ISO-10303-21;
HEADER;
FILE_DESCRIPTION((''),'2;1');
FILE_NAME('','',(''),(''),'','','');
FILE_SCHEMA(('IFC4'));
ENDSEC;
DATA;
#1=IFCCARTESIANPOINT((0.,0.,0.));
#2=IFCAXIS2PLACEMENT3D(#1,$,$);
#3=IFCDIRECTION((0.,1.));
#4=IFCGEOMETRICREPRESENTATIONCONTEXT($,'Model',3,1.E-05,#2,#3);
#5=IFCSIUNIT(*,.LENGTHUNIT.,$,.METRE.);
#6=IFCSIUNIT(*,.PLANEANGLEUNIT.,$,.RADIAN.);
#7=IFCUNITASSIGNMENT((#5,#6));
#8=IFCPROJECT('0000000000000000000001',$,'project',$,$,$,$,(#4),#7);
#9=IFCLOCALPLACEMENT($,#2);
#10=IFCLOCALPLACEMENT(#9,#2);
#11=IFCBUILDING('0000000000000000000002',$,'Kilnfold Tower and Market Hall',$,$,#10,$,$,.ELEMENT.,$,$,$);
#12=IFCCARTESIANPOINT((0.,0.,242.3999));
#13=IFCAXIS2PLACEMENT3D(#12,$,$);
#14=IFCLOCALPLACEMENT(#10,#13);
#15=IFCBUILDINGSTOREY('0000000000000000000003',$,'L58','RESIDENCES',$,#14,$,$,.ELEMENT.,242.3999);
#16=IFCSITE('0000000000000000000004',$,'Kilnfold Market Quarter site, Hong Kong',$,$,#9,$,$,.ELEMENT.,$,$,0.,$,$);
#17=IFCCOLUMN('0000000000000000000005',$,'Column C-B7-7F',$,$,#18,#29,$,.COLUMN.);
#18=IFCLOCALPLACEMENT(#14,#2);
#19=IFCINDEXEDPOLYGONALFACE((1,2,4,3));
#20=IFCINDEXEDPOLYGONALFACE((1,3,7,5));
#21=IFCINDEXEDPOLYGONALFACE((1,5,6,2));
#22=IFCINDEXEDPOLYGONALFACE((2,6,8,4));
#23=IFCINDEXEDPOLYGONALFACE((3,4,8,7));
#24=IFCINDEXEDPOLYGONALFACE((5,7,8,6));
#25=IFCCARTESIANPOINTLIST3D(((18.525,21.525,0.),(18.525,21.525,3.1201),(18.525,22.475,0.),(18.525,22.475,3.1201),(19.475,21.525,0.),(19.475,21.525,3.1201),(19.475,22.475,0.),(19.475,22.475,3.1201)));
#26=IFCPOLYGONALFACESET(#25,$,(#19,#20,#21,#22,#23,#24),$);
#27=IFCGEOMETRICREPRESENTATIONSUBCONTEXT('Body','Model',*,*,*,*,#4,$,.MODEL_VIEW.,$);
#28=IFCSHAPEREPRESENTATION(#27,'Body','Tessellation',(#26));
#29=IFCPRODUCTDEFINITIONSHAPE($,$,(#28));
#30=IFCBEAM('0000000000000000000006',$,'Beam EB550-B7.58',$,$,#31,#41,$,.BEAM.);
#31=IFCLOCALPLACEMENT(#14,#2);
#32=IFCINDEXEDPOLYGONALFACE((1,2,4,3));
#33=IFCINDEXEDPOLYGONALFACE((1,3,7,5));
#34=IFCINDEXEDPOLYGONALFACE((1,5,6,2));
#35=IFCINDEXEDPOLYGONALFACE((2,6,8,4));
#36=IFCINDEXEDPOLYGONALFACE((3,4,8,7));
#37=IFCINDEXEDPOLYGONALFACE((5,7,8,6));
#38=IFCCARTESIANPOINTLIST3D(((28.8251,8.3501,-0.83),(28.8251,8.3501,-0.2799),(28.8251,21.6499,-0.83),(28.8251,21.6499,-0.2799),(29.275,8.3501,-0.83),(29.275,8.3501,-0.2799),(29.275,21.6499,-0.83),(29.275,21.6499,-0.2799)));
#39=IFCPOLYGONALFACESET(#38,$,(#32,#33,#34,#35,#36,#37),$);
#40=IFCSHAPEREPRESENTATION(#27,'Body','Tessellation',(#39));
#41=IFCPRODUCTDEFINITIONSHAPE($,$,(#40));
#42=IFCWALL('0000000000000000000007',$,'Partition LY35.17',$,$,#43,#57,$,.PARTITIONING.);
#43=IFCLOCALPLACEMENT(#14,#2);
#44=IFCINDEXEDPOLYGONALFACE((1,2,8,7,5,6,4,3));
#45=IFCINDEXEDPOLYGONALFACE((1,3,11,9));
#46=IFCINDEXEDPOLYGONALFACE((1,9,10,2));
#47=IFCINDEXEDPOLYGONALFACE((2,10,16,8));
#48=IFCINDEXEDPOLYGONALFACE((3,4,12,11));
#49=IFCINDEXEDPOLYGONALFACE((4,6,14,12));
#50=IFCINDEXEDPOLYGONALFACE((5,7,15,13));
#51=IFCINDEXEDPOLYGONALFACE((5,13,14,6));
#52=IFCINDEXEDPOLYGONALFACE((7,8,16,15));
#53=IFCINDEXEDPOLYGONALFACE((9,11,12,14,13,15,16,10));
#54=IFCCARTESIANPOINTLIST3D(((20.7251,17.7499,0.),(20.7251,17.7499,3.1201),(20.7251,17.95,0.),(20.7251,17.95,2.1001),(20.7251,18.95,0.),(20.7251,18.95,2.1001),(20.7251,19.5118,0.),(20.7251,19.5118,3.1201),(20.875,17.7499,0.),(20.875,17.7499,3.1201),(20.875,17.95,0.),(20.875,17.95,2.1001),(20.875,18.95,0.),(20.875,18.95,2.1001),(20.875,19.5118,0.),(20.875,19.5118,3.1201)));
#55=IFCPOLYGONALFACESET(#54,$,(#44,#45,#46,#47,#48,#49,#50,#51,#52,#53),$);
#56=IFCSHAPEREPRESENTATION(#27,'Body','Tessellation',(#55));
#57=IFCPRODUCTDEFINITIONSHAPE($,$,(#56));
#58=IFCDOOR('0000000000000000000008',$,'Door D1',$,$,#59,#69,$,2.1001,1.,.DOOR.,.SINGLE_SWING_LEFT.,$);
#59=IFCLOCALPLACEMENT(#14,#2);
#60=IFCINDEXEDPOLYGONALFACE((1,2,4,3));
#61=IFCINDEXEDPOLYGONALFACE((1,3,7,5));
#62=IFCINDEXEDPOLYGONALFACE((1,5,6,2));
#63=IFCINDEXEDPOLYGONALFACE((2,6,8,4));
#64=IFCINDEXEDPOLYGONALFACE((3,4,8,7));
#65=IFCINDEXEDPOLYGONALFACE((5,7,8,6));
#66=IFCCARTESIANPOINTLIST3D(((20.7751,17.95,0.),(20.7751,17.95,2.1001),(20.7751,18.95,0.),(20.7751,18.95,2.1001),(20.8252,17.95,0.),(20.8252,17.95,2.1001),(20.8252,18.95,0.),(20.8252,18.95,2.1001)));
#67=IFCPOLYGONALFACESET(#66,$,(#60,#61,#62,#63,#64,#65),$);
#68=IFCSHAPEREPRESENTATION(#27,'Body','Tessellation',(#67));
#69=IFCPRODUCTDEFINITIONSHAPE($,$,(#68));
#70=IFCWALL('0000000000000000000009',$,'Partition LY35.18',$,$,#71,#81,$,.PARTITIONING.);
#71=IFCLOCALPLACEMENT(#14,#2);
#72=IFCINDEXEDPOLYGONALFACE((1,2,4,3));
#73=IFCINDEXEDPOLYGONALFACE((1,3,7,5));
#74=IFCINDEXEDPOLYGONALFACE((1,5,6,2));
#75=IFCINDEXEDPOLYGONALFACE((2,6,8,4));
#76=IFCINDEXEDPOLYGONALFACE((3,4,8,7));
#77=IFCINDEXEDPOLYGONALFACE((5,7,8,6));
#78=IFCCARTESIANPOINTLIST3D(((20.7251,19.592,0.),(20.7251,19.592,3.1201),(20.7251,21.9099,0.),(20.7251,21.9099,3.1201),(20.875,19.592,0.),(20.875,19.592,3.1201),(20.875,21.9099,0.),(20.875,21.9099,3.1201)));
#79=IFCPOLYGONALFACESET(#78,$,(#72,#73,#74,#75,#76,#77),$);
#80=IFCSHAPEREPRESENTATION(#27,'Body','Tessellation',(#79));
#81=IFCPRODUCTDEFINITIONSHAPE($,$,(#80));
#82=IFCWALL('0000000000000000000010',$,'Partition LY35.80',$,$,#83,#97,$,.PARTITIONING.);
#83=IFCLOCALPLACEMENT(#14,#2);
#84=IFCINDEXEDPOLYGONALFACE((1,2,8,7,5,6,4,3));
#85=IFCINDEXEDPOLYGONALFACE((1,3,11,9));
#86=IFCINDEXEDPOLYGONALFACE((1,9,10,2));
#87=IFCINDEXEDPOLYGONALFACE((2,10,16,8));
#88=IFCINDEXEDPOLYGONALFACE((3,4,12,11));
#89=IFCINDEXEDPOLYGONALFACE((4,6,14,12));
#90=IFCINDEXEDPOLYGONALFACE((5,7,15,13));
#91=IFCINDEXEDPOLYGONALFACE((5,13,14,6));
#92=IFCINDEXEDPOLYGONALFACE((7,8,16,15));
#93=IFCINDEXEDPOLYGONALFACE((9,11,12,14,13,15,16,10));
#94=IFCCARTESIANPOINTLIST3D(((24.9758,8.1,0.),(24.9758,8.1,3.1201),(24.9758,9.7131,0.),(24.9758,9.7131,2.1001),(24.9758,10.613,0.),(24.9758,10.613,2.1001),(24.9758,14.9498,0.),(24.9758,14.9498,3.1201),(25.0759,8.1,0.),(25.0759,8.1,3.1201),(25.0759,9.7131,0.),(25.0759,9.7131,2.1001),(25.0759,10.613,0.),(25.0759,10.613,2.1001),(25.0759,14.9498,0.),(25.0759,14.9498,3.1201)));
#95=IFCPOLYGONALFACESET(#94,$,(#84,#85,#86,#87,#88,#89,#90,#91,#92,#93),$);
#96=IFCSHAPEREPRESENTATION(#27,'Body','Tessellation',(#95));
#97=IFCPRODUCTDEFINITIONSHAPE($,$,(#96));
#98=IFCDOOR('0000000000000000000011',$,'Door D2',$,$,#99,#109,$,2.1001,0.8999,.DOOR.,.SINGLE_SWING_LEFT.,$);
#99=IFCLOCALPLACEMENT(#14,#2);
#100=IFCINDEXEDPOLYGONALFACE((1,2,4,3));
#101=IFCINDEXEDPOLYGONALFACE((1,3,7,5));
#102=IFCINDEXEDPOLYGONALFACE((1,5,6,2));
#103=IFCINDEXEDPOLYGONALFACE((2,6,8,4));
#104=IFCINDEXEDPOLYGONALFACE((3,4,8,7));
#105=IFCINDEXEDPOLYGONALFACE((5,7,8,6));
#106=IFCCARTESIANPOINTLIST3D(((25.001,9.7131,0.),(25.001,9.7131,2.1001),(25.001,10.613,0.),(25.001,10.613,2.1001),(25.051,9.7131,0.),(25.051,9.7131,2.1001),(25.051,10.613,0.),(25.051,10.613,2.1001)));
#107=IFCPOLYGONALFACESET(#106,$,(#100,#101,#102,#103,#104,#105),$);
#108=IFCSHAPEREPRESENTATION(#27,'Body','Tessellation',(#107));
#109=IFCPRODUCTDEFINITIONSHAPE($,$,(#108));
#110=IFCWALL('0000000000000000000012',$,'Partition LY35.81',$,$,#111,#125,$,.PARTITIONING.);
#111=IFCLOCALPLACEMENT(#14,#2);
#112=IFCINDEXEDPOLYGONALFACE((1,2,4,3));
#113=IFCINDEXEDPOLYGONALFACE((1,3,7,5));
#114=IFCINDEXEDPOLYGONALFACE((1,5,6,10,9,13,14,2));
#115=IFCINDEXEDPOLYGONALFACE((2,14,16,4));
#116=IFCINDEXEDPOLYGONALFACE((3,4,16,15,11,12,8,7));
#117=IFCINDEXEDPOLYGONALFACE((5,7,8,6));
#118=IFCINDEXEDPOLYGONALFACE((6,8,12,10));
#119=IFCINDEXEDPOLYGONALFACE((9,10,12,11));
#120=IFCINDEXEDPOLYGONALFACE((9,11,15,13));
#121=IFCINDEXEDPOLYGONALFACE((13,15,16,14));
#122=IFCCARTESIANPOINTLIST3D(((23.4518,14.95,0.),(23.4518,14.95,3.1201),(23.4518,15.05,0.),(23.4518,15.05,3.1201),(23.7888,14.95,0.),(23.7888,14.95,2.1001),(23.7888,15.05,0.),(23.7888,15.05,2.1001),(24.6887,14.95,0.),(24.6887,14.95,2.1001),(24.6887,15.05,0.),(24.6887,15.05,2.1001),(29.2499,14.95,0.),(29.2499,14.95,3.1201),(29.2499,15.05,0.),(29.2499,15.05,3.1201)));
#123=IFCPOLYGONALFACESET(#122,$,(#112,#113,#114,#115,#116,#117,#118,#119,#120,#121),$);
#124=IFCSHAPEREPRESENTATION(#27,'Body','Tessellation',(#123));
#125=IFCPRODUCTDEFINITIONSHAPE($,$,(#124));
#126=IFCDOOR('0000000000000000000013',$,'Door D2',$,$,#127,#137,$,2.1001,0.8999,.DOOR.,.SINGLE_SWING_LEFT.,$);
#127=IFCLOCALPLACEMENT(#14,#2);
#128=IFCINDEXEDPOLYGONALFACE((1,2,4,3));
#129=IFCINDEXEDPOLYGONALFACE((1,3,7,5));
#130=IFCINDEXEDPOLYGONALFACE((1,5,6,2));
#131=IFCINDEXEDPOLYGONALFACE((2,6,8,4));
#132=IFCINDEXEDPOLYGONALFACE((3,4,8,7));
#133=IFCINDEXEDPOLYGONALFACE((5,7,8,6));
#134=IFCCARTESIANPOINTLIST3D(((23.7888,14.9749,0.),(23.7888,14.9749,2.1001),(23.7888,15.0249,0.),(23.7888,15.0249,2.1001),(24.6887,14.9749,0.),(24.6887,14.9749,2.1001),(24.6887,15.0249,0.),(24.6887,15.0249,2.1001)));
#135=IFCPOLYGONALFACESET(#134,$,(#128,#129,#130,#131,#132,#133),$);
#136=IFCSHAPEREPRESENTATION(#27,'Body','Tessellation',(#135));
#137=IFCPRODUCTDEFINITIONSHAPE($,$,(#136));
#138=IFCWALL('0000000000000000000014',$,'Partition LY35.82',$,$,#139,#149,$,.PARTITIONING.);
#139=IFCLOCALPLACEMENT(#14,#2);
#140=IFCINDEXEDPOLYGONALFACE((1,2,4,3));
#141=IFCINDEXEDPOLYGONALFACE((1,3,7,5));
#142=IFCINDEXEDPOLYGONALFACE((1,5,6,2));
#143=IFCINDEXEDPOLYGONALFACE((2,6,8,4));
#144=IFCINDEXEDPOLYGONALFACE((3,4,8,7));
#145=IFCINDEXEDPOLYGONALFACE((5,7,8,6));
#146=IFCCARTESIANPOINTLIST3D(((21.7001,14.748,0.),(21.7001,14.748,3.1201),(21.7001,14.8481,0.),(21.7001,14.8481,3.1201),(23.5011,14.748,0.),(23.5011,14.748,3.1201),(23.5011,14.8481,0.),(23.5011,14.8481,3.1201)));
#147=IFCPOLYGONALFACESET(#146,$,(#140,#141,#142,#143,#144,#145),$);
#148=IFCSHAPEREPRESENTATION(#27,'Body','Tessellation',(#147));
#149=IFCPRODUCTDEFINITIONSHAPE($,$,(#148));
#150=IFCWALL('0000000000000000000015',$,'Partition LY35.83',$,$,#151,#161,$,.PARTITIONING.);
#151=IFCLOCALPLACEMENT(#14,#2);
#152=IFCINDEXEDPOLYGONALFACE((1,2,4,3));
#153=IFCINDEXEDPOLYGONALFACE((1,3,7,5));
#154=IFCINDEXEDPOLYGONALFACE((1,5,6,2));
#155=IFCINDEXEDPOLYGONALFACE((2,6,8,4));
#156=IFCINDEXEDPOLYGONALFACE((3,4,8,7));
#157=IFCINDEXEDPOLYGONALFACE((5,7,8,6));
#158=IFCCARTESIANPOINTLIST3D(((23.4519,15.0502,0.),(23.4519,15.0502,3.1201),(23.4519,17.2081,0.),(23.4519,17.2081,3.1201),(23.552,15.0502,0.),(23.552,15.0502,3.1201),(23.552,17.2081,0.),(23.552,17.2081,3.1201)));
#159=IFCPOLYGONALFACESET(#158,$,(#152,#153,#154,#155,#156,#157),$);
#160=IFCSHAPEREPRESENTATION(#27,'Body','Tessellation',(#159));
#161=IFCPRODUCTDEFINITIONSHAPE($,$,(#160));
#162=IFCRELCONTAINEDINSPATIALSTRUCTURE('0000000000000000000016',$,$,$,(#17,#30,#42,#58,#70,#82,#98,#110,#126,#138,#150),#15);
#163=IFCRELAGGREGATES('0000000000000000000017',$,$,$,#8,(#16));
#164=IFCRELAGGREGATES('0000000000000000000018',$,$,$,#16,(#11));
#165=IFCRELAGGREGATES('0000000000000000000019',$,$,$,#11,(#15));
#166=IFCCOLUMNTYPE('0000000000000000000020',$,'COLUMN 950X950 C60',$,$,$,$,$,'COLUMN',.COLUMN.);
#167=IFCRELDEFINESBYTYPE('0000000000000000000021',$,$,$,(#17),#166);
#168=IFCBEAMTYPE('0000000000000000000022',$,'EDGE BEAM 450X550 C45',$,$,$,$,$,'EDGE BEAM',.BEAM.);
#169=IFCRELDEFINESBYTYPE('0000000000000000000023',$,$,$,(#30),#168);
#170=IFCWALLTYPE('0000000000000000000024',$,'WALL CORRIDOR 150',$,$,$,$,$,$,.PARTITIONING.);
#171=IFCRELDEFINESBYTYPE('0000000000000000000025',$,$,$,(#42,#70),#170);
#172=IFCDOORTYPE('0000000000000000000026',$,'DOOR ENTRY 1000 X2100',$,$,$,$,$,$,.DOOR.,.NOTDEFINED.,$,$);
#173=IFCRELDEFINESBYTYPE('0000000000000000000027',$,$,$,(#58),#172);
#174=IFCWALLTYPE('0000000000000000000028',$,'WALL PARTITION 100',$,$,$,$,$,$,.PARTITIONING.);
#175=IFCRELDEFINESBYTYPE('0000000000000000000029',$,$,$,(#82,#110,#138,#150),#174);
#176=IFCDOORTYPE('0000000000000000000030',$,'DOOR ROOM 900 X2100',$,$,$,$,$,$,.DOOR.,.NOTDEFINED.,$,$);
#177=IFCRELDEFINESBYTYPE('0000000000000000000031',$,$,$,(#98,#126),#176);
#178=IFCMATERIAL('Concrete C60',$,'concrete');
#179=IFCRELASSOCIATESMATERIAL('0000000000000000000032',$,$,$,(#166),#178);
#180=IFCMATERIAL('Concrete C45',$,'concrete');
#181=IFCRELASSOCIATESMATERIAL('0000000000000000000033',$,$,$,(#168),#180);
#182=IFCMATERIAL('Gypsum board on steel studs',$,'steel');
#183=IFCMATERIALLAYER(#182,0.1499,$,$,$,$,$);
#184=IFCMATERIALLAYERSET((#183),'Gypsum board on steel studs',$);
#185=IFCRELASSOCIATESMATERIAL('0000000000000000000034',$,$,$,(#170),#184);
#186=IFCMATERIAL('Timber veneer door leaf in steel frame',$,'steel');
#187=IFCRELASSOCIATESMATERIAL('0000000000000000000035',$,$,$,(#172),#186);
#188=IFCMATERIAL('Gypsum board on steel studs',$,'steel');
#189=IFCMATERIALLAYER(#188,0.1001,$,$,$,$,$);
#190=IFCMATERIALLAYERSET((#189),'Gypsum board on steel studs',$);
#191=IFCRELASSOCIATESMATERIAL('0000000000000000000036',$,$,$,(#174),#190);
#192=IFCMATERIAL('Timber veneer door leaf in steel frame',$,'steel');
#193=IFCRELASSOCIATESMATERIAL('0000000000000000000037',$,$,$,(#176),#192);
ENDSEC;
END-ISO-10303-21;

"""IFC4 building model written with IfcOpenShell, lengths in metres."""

from ifc_helpers import new_model, si_unit, direction, frame, frame_2d, origin, origin_2d, place, context, subcontext, project, spatial, rectangle, extrude, source, transform, mapped, material, layer, layer_set, material_profile, profile_set, type_object, element, fill, save


model = new_model("IFC4")

# Units and contexts
model_context = context("Model", 3, precision=1e-05, world=origin(), true_north=direction((0.0, 1.0)))
body_context = subcontext(model_context, "Body", "Model", "MODEL_VIEW")
ifc_project = project(units=[si_unit("LENGTHUNIT", "METRE"), si_unit("PLANEANGLEUNIT", "RADIAN")], contexts=[model_context])

# Site, building, storey
site_placement = place(None, origin())
site = spatial("IfcSite", under=ifc_project, at=site_placement, Name="Kilnfold Market Quarter site, Hong Kong", CompositionType="ELEMENT", RefElevation=0.0)
building_placement = place(site_placement, origin())
building = spatial("IfcBuilding", under=site, at=building_placement, Name="Kilnfold Tower and Market Hall", CompositionType="ELEMENT")
storey_placement = place(building_placement, frame((0.0, 0.0, 242.3999)))
storey = spatial("IfcBuildingStorey", under=building, at=storey_placement, Name="L58", Description="RESIDENCES", CompositionType="ELEMENT", Elevation=242.3999)

# Column
ifc_material_1 = material(Name="Concrete C60", Category="concrete")
ifc_material_profile_1 = material_profile(ifc_material_1, rectangle(XDim=0.95, YDim=0.95, at=origin_2d()), Name="RC 950x950")
ifc_profile_set_1 = profile_set([ifc_material_profile_1], Name="Concrete C60")
column_type = type_object("IfcColumnType", Name="COLUMN 950X950 C60", ElementType="COLUMN", PredefinedType="COLUMN", material=ifc_profile_set_1)
shared_shape_1 = source(origin(), body_context, "Body", "SweptSolid", [
    extrude(rectangle(XDim=0.95, YDim=0.95, at=origin_2d()), origin(), (0.0, 0.0, 1.0), 3.1201),
])
column_placement = place(storey_placement, frame((19.0, 22.0, 0.0), z_axis=(0.0, 0.0, 1.0), x_axis=(1.0, 0.0, 0.0)))
element("IfcColumn", 1, at=column_placement, inside=storey, type_object=column_type, Name="Column C-B7-7F", PredefinedType="COLUMN", context=body_context, shape_type="MappedRepresentation", body=[
    mapped(shared_shape_1, transform((0.0, 0.0, 0.0))),
])

# Beam
ifc_material_2 = material(Name="Concrete C45", Category="concrete")
ifc_material_profile_2 = material_profile(ifc_material_2, rectangle(XDim=0.45, YDim=0.55, at=origin_2d()), Name="RC 450x550")
ifc_profile_set_2 = profile_set([ifc_material_profile_2], Name="Concrete C45")
beam_type = type_object("IfcBeamType", Name="EDGE BEAM 450X550 C45", ElementType="EDGE BEAM", PredefinedType="BEAM", material=ifc_profile_set_2)
shared_shape_2 = source(origin(), body_context, "Body", "SweptSolid", [
    extrude(rectangle(XDim=0.45, YDim=0.55, at=origin_2d()), origin(), (0.0, 0.0, 1.0), 13.2998),
])
beam_placement = place(storey_placement, frame((29.05, 8.3501, -0.5549), z_axis=(0.0, 1.0, 0.0), x_axis=(-1.0, 0.0, 0.0)))
element("IfcBeam", 2, at=beam_placement, inside=storey, type_object=beam_type, Name="Beam EB550-B7.58", PredefinedType="BEAM", context=body_context, shape_type="MappedRepresentation", body=[
    mapped(shared_shape_2, transform((0.0, 0.0, 0.0))),
])

# Wall, opening, door
ifc_material_3 = material(Name="Gypsum board on steel studs", Category="steel")
ifc_layer_1 = layer(ifc_material_3, 0.1499)
ifc_layer_set_1 = layer_set([ifc_layer_1], Name="Gypsum board on steel studs")
wall_type_1 = type_object("IfcWallType", Name="WALL CORRIDOR 150", PredefinedType="PARTITIONING", material=ifc_layer_set_1)
wall_1_placement = place(storey_placement, frame((20.8, 17.75, 0.0), z_axis=(0.0, 0.0, 1.0), x_axis=(0.0, 1.0, 0.0)))
wall_1 = element("IfcWall", 3, at=wall_1_placement, inside=storey, type_object=wall_type_1, Name="Partition LY35.17", PredefinedType="PARTITIONING", context=body_context, shape_type="SweptSolid", body=[
    extrude(rectangle(XDim=1.762, YDim=0.1499, at=frame_2d((0.8809, 0.0))), origin(), (0.0, 0.0, 1.0), 3.1201),
])
opening_1_placement = place(wall_1_placement, frame((0.2, 0.0, 0.0)))
opening_1 = element("IfcOpeningElement", 4, at=opening_1_placement, cuts=wall_1, PredefinedType="OPENING", context=body_context, shape_type="SweptSolid", body=[
    extrude(rectangle(XDim=1.0, YDim=2.1001, at=frame_2d((0.5, 1.05))), frame((0.0, 0.085, 0.0), z_axis=(0.0, -1.0, 0.0), x_axis=(1.0, 0.0, 0.0)), (0.0, 0.0, 1.0), 0.1699),
])
ifc_material_4 = material(Name="Timber veneer door leaf in steel frame", Category="steel")
door_type_1 = type_object("IfcDoorType", Name="DOOR ENTRY 1000 X2100", OperationType="NOTDEFINED", PredefinedType="DOOR", material=ifc_material_4)
door_1_placement = place(opening_1_placement, origin())
door_1 = element("IfcDoor", 5, at=door_1_placement, inside=storey, type_object=door_type_1, Name="Door D1", OperationType="SINGLE_SWING_LEFT", OverallHeight=2.1001, OverallWidth=1.0, PredefinedType="DOOR", context=body_context, shape_type="SweptSolid", body=[
    extrude(rectangle(XDim=1.0, YDim=2.1001, at=frame_2d((0.5, 1.05))), frame((0.0, 0.0249, 0.0), z_axis=(0.0, -1.0, 0.0), x_axis=(1.0, 0.0, 0.0)), (0.0, 0.0, 1.0), 0.05),
])
fill(opening_1, door_1)

# Wall
wall_2_placement = place(storey_placement, frame((20.8, 19.592, 0.0), z_axis=(0.0, 0.0, 1.0), x_axis=(0.0, 1.0, 0.0)))
element("IfcWall", 6, at=wall_2_placement, inside=storey, type_object=wall_type_1, Name="Partition LY35.18", PredefinedType="PARTITIONING", context=body_context, shape_type="SweptSolid", body=[
    extrude(rectangle(XDim=2.3179, YDim=0.1499, at=frame_2d((1.1589, 0.0))), origin(), (0.0, 0.0, 1.0), 3.1201),
])

# Walls, openings, doors
ifc_material_5 = material(Name="Gypsum board on steel studs", Category="steel")
ifc_layer_2 = layer(ifc_material_5, 0.1001)
ifc_layer_set_2 = layer_set([ifc_layer_2], Name="Gypsum board on steel studs")
wall_type_2 = type_object("IfcWallType", Name="WALL PARTITION 100", PredefinedType="PARTITIONING", material=ifc_layer_set_2)
wall_3_placement = place(storey_placement, frame((25.0259, 8.1001, 0.0), z_axis=(0.0, 0.0, 1.0), x_axis=(0.0, 1.0, 0.0)))
wall_3 = element("IfcWall", 7, at=wall_3_placement, inside=storey, type_object=wall_type_2, Name="Partition LY35.80", PredefinedType="PARTITIONING", context=body_context, shape_type="SweptSolid", body=[
    extrude(rectangle(XDim=6.8499, YDim=0.1001, at=frame_2d((3.4248, 0.0))), origin(), (0.0, 0.0, 1.0), 3.1201),
])
opening_2_placement = place(wall_3_placement, frame((1.613, 0.0, 0.0)))
opening_2 = element("IfcOpeningElement", 8, at=opening_2_placement, cuts=wall_3, PredefinedType="OPENING", context=body_context, shape_type="SweptSolid", body=[
    extrude(rectangle(XDim=0.8999, YDim=2.1001, at=frame_2d((0.45, 1.05))), frame((0.0, 0.0601, 0.0), z_axis=(0.0, -1.0, 0.0), x_axis=(1.0, 0.0, 0.0)), (0.0, 0.0, 1.0), 0.1201),
])
ifc_material_6 = material(Name="Timber veneer door leaf in steel frame", Category="steel")
door_type_2 = type_object("IfcDoorType", Name="DOOR ROOM 900 X2100", OperationType="NOTDEFINED", PredefinedType="DOOR", material=ifc_material_6)
door_2_placement = place(opening_2_placement, origin())
door_2 = element("IfcDoor", 9, at=door_2_placement, inside=storey, type_object=door_type_2, Name="Door D2", OperationType="SINGLE_SWING_LEFT", OverallHeight=2.1001, OverallWidth=0.8999, PredefinedType="DOOR", context=body_context, shape_type="SweptSolid", body=[
    extrude(rectangle(XDim=0.8999, YDim=2.1001, at=frame_2d((0.45, 1.05))), frame((0.0, 0.0249, 0.0), z_axis=(0.0, -1.0, 0.0), x_axis=(1.0, 0.0, 0.0)), (0.0, 0.0, 1.0), 0.05),
])
fill(opening_2, door_2)
wall_4_placement = place(storey_placement, frame((23.4519, 15.0, 0.0), z_axis=(0.0, 0.0, 1.0), x_axis=(1.0, 0.0, 0.0)))
wall_4 = element("IfcWall", 10, at=wall_4_placement, inside=storey, type_object=wall_type_2, Name="Partition LY35.81", PredefinedType="PARTITIONING", context=body_context, shape_type="SweptSolid", body=[
    extrude(rectangle(XDim=5.7981, YDim=0.1001, at=frame_2d((2.8989, 0.0))), origin(), (0.0, 0.0, 1.0), 3.1201),
])
opening_3_placement = place(wall_4_placement, frame((0.3369, 0.0, 0.0)))
opening_3 = element("IfcOpeningElement", 11, at=opening_3_placement, cuts=wall_4, PredefinedType="OPENING", context=body_context, shape_type="SweptSolid", body=[
    extrude(rectangle(XDim=0.8999, YDim=2.1001, at=frame_2d((0.45, 1.05))), frame((0.0, 0.0601, 0.0), z_axis=(0.0, -1.0, 0.0), x_axis=(1.0, 0.0, 0.0)), (0.0, 0.0, 1.0), 0.1201),
])
door_3_placement = place(opening_3_placement, origin())
door_3 = element("IfcDoor", 12, at=door_3_placement, inside=storey, type_object=door_type_2, Name="Door D2", OperationType="SINGLE_SWING_LEFT", OverallHeight=2.1001, OverallWidth=0.8999, PredefinedType="DOOR", context=body_context, shape_type="SweptSolid", body=[
    extrude(rectangle(XDim=0.8999, YDim=2.1001, at=frame_2d((0.45, 1.05))), frame((0.0, 0.0249, 0.0), z_axis=(0.0, -1.0, 0.0), x_axis=(1.0, 0.0, 0.0)), (0.0, 0.0, 1.0), 0.05),
])
fill(opening_3, door_3)

# Walls
wall_5_placement = place(storey_placement, frame((23.501, 14.7981, 0.0), z_axis=(0.0, 0.0, 1.0), x_axis=(-1.0, 0.0, 0.0)))
element("IfcWall", 13, at=wall_5_placement, inside=storey, type_object=wall_type_2, Name="Partition LY35.82", PredefinedType="PARTITIONING", context=body_context, shape_type="SweptSolid", body=[
    extrude(rectangle(XDim=1.801, YDim=0.1001, at=frame_2d((0.9004, 0.0))), origin(), (0.0, 0.0, 1.0), 3.1201),
])
wall_6_placement = place(storey_placement, frame((23.502, 15.05, 0.0), z_axis=(0.0, 0.0, 1.0), x_axis=(0.0, 1.0, 0.0)))
element("IfcWall", 14, at=wall_6_placement, inside=storey, type_object=wall_type_2, Name="Partition LY35.83", PredefinedType="PARTITIONING", context=body_context, shape_type="SweptSolid", body=[
    extrude(rectangle(XDim=2.158, YDim=0.1001, at=frame_2d((1.0791, 0.0))), origin(), (0.0, 0.0, 1.0), 3.1201),
])

save(model, "model.ifc")
